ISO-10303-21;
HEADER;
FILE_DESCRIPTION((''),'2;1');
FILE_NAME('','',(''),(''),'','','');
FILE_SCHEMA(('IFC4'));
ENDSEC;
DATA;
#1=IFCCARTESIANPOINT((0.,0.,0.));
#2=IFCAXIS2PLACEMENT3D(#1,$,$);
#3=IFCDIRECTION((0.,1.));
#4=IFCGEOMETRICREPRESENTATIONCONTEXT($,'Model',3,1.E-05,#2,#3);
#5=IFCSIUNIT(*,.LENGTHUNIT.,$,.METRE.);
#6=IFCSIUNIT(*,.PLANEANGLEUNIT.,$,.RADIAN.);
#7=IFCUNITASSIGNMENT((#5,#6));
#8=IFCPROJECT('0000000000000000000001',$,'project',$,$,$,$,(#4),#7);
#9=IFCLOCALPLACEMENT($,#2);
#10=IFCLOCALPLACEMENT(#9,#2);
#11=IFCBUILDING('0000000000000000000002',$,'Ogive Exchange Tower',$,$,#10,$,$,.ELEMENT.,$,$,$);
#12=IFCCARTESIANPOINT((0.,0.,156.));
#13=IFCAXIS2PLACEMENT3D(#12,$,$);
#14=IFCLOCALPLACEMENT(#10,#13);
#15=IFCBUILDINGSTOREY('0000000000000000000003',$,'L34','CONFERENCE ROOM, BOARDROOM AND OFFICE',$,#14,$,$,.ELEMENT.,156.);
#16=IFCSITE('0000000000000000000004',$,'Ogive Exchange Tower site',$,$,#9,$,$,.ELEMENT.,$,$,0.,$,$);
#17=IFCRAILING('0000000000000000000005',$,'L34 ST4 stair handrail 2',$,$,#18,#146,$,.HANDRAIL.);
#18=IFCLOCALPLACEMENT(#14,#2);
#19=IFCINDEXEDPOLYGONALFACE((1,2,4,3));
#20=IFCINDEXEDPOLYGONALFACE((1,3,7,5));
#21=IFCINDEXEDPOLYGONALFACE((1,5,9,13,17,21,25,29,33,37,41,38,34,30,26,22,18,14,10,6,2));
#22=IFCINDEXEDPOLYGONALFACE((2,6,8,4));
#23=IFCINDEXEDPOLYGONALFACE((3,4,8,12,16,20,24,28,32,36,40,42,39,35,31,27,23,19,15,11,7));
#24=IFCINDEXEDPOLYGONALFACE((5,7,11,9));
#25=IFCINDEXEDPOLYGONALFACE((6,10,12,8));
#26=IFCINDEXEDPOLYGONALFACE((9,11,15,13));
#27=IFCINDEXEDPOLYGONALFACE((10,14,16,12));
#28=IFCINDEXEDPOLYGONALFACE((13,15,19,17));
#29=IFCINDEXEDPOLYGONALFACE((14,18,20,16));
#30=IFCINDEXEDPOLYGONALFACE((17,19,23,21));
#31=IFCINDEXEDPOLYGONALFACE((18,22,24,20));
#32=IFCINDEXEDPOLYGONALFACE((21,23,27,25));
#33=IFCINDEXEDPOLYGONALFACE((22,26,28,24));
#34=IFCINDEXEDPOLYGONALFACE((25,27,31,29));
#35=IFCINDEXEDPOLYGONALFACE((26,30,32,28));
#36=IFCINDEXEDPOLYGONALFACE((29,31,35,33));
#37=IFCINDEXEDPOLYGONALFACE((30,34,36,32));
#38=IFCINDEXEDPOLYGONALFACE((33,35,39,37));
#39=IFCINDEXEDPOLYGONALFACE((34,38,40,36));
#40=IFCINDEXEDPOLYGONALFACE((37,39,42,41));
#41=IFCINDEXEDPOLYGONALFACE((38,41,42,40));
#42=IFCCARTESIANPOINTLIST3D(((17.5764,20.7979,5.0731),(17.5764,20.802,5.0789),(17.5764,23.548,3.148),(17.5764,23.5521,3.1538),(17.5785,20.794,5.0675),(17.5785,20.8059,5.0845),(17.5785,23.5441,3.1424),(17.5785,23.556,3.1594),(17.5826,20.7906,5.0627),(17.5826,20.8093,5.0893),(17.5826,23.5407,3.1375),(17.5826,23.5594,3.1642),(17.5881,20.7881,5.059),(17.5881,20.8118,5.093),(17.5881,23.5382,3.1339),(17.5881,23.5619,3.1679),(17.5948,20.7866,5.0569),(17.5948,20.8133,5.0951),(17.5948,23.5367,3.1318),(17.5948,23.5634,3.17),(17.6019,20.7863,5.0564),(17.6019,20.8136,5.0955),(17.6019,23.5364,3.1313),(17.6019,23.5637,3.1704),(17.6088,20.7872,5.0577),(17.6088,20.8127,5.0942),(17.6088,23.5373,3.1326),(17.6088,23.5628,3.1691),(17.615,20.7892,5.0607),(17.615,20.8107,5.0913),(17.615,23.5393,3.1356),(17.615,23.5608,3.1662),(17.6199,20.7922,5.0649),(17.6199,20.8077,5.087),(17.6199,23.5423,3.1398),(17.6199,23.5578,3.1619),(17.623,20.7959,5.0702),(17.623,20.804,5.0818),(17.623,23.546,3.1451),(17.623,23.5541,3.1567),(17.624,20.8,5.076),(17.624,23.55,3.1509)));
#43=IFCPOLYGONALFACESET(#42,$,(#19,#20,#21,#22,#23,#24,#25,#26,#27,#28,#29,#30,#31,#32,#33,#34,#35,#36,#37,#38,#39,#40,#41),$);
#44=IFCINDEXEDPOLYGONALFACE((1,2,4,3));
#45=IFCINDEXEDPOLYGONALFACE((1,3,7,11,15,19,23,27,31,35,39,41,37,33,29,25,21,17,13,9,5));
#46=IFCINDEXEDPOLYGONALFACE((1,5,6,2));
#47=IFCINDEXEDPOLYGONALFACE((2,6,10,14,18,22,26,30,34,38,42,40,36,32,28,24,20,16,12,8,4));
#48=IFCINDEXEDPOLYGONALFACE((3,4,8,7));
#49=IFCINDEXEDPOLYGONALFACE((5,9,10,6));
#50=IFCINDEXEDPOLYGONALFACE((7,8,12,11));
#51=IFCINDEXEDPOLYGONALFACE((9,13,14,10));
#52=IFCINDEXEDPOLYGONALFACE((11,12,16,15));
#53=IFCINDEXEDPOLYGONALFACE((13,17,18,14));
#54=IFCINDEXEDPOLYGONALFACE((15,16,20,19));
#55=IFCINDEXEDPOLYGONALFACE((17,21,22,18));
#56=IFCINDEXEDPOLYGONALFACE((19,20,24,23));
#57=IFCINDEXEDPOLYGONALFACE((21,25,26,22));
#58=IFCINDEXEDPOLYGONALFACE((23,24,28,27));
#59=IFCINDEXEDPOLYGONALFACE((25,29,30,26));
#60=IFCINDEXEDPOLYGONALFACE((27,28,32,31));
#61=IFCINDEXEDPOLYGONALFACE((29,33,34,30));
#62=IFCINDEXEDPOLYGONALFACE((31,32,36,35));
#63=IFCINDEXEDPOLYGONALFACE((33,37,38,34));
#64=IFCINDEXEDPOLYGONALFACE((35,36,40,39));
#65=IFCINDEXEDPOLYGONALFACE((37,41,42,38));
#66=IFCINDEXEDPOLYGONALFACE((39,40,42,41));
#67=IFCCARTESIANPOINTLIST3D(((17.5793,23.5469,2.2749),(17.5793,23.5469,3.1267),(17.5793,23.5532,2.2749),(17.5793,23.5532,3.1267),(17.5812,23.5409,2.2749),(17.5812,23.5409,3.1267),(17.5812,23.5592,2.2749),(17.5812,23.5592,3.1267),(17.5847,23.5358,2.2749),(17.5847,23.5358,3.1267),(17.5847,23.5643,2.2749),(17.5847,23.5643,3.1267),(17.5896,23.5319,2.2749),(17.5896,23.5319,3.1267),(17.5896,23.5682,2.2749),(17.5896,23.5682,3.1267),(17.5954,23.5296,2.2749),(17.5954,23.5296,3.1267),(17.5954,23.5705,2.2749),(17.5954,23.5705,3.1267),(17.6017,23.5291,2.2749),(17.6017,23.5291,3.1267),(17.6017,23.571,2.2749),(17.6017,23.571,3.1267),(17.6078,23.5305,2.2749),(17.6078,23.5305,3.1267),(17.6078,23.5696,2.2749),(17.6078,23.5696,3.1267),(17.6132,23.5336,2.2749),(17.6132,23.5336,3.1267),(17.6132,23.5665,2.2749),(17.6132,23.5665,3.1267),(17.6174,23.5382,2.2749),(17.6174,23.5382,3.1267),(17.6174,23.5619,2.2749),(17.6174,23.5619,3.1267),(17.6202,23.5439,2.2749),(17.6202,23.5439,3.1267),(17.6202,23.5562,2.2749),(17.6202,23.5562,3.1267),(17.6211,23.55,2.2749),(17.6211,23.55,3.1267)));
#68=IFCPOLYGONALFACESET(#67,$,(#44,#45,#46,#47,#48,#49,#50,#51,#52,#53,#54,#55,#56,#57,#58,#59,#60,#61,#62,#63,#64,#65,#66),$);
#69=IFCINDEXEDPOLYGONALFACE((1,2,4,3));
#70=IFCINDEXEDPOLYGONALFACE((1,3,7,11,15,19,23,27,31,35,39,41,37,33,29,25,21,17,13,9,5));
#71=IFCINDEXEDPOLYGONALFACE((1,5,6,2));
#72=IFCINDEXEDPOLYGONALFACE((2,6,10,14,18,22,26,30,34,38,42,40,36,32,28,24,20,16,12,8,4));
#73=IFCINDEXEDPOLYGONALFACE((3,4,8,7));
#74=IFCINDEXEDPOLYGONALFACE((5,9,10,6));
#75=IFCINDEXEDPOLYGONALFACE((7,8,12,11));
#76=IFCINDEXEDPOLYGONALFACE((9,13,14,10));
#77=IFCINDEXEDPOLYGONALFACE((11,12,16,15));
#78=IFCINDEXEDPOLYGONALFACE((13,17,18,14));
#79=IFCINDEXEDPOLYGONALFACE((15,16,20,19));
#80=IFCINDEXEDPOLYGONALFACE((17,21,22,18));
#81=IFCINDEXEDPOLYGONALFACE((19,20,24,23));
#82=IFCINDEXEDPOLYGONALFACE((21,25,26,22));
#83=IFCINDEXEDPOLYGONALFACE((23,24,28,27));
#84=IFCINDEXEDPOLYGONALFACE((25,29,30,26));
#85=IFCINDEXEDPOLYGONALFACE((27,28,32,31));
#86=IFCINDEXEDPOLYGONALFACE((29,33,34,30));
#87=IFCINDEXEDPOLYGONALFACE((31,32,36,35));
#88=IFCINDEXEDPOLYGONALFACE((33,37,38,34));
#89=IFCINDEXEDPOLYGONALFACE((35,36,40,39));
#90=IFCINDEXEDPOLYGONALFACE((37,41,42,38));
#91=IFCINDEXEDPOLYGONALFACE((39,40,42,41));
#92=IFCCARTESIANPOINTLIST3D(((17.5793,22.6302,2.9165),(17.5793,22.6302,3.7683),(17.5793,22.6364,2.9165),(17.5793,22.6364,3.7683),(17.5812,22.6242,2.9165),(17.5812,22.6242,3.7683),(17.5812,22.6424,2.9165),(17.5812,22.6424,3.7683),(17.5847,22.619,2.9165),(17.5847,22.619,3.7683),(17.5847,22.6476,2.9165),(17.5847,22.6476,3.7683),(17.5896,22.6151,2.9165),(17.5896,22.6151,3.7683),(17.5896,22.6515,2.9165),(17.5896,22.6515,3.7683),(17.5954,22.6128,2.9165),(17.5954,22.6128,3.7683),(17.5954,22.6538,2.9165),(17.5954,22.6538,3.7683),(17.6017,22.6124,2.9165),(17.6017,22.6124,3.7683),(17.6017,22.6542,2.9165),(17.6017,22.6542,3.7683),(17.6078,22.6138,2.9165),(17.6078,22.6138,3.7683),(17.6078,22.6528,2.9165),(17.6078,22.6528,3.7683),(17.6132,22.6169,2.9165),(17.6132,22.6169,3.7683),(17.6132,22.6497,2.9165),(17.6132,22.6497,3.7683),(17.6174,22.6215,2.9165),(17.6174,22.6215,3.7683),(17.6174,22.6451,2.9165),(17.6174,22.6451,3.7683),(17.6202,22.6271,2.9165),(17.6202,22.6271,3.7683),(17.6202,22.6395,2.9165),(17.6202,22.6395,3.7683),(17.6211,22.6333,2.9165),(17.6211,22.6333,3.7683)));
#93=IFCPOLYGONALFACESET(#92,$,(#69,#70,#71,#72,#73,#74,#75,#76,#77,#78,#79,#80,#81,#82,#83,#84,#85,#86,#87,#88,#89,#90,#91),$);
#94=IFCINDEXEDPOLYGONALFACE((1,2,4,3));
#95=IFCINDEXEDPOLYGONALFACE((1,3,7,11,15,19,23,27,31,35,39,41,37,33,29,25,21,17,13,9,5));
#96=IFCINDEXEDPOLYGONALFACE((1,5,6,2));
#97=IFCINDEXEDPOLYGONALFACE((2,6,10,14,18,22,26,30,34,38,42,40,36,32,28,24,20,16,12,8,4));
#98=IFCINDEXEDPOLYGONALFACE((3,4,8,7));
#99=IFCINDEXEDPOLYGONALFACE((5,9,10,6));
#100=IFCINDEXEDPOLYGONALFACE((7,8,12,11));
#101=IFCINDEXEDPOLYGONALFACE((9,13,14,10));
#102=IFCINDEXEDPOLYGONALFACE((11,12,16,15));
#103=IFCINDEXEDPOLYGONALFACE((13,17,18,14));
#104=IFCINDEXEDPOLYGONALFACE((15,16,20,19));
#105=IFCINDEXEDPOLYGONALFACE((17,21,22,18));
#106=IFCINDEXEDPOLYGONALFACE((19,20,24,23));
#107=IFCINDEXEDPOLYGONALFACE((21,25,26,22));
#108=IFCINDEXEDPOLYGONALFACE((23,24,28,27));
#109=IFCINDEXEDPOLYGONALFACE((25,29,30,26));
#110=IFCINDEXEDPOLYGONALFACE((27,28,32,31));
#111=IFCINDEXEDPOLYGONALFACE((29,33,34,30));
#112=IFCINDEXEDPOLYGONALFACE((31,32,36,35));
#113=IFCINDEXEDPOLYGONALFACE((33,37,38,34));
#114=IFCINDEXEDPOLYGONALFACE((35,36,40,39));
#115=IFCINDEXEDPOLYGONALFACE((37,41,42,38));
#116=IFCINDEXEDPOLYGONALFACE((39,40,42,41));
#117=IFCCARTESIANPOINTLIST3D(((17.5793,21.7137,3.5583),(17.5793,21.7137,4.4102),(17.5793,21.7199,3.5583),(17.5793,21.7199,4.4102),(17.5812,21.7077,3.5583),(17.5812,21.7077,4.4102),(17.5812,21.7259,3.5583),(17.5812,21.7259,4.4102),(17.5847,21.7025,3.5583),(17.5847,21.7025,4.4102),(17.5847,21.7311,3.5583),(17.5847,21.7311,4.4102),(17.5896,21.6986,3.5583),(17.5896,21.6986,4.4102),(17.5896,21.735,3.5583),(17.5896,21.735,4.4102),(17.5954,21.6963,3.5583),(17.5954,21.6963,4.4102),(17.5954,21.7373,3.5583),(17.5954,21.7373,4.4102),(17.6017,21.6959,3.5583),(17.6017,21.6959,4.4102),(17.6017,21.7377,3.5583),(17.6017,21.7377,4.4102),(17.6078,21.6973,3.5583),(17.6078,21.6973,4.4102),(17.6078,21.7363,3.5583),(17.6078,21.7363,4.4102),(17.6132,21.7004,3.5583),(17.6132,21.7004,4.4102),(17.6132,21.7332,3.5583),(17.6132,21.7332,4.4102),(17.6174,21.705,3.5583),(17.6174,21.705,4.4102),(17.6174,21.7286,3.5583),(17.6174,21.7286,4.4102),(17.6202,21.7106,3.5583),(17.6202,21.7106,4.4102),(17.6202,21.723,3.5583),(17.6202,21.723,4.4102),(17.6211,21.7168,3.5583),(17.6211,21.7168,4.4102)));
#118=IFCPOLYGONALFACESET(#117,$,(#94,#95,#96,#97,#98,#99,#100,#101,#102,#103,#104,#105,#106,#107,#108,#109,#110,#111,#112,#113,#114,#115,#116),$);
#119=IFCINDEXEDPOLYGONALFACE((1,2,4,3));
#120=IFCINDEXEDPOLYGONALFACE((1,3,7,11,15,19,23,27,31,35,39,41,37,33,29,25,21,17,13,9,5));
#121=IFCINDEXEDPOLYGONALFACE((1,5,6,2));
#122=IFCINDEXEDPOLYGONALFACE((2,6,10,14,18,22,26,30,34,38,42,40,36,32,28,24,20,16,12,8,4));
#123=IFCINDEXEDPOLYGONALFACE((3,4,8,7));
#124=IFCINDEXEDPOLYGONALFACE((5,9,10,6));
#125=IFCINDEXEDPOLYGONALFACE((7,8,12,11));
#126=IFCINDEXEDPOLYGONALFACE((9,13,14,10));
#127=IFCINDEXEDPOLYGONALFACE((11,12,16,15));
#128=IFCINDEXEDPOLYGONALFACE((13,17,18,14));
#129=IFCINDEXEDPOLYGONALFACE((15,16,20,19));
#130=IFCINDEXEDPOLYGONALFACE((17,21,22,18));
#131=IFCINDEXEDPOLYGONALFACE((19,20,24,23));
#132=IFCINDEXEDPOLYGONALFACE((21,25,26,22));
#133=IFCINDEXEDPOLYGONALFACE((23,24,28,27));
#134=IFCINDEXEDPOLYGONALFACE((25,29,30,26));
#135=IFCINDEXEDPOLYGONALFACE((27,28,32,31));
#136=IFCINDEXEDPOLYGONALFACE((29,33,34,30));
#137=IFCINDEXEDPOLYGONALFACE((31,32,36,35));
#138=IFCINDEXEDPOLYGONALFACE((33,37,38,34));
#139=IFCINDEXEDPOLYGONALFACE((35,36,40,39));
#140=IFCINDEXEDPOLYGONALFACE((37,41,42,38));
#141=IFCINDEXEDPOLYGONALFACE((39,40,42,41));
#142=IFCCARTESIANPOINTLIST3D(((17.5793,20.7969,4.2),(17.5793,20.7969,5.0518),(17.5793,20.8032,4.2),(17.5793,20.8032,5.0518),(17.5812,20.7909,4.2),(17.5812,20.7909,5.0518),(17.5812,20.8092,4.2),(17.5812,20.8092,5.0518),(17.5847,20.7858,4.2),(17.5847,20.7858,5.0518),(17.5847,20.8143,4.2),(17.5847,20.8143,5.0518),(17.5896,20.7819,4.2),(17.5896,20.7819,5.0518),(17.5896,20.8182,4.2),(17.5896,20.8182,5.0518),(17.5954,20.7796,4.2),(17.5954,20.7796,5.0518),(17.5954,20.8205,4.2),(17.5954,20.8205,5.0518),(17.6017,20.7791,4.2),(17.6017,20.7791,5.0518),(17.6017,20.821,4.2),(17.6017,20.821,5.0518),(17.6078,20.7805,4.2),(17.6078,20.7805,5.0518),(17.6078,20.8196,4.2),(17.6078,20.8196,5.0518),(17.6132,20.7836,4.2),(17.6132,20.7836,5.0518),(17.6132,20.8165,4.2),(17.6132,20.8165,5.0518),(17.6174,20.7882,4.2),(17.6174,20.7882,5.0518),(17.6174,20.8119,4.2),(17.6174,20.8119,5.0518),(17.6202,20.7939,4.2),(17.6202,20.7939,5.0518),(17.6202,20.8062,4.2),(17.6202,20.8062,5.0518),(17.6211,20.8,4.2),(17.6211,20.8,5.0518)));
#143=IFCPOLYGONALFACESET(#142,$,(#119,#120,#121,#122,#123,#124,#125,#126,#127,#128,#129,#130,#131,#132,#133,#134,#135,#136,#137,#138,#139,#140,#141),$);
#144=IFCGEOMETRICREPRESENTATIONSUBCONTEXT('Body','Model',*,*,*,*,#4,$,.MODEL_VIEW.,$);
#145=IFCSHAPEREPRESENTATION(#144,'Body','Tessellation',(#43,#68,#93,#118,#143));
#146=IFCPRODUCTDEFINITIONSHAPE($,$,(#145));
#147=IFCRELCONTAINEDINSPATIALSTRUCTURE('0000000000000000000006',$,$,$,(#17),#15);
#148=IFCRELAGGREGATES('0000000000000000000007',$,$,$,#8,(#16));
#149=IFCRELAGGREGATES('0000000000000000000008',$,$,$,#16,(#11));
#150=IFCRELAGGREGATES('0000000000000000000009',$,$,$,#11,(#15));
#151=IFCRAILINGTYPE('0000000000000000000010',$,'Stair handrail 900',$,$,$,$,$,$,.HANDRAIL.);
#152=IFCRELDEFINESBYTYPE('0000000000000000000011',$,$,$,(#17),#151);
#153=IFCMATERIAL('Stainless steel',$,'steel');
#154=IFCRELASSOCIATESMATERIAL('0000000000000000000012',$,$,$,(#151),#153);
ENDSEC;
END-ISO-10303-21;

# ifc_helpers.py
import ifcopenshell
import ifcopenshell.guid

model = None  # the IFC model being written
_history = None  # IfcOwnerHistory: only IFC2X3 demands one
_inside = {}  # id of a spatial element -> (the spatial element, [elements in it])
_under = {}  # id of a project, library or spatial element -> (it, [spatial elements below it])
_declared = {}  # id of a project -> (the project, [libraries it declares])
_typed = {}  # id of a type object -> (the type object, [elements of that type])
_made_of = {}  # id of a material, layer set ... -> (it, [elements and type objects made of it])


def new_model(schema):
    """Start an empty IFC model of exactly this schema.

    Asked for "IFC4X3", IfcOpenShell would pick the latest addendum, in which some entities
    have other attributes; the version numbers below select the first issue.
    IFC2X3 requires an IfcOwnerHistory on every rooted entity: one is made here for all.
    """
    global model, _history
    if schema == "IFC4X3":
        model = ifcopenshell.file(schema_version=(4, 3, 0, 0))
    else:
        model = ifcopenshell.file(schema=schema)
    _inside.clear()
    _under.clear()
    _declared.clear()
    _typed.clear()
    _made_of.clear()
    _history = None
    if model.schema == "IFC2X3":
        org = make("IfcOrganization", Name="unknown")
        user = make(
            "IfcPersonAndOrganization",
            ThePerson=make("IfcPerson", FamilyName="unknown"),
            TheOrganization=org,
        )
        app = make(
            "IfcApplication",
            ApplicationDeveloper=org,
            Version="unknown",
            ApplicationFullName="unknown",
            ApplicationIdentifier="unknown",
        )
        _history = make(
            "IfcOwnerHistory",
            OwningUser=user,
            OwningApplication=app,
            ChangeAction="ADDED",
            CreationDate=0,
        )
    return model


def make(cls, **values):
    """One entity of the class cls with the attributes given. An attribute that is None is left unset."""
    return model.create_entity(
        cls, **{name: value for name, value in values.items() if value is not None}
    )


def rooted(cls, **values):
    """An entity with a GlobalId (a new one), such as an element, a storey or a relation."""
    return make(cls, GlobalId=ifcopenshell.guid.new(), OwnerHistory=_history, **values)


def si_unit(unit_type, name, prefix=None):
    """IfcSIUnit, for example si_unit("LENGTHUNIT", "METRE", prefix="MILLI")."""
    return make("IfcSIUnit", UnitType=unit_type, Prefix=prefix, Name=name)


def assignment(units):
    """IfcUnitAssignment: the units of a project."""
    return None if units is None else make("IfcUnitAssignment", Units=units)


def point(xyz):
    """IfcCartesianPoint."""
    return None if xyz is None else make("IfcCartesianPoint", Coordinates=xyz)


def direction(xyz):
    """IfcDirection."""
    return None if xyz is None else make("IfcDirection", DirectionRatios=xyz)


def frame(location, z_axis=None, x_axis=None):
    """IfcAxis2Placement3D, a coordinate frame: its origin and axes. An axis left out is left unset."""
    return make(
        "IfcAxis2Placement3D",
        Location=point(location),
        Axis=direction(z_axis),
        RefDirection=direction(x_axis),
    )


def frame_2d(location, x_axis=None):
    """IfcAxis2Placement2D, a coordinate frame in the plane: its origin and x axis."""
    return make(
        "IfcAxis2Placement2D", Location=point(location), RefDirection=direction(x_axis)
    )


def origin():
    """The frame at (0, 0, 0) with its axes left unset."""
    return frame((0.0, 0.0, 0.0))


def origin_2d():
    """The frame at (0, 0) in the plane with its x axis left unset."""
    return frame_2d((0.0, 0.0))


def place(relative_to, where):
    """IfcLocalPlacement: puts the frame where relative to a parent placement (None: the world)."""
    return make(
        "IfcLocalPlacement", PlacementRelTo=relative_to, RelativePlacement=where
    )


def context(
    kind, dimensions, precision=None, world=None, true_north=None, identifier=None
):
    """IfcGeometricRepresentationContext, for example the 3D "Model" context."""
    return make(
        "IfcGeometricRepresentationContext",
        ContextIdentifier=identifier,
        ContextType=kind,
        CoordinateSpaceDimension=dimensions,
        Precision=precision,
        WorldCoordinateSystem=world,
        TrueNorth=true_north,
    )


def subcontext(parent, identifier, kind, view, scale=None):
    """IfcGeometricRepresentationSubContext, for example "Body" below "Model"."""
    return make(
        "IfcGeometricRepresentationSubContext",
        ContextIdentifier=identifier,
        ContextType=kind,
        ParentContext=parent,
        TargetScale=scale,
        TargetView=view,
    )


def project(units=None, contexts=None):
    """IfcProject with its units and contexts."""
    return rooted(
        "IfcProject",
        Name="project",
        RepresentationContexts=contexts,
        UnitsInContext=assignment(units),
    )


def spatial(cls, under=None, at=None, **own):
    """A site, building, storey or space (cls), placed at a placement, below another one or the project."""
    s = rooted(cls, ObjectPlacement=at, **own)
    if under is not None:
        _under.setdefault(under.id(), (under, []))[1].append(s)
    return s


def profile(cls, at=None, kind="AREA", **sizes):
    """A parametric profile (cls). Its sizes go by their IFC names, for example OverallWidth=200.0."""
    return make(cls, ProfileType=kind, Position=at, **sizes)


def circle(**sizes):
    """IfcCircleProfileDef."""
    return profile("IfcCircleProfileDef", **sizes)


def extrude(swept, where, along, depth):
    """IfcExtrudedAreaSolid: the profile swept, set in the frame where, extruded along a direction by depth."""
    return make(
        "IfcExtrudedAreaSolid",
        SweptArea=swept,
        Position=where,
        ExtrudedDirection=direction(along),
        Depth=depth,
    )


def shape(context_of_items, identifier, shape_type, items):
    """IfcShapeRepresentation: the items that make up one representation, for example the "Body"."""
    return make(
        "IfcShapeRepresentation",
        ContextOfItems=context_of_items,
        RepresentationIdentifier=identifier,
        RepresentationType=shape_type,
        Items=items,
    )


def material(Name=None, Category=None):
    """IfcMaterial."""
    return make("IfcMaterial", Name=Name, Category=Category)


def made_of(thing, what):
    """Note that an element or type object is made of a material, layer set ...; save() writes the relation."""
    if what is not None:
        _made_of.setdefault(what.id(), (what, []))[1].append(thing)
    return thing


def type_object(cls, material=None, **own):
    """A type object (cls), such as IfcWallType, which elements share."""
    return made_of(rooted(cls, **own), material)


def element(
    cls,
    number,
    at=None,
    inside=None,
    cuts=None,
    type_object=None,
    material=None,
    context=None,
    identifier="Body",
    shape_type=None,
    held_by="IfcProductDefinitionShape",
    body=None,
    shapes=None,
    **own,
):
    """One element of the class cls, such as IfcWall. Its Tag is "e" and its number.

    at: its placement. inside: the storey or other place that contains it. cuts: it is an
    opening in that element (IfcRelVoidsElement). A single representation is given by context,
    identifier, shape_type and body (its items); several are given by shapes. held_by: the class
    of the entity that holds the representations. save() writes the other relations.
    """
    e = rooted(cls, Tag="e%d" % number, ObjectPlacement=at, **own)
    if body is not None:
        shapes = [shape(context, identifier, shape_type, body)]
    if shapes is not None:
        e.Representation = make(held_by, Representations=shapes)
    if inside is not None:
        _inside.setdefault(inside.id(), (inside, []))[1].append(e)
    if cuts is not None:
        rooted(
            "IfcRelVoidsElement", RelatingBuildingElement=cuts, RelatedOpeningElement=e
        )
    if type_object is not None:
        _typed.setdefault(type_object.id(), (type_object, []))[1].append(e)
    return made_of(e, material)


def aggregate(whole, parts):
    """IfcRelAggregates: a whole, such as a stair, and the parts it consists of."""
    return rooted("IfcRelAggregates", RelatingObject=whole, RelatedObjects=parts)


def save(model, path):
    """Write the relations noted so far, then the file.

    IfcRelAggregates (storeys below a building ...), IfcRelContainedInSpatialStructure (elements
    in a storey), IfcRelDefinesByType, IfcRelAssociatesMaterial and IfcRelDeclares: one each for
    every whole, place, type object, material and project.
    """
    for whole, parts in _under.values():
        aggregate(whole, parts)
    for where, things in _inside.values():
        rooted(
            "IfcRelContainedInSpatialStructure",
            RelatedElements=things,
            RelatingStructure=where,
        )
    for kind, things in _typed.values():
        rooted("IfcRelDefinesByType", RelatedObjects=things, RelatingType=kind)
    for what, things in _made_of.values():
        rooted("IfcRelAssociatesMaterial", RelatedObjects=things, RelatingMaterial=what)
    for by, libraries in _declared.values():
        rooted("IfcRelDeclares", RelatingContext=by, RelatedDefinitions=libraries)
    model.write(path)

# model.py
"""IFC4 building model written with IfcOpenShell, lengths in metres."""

from ifc_helpers import new_model, si_unit, direction, frame, origin, origin_2d, place, context, subcontext, project, spatial, circle, extrude, material, type_object, element, save


model = new_model("IFC4")

# Units and contexts
model_context = context("Model", 3, precision=1e-05, world=origin(), true_north=direction((0.0, 1.0)))
body_context = subcontext(model_context, "Body", "Model", "MODEL_VIEW")
ifc_project = project(units=[si_unit("LENGTHUNIT", "METRE"), si_unit("PLANEANGLEUNIT", "RADIAN")], contexts=[model_context])

# Site, building, storey
site_placement = place(None, origin())
site = spatial("IfcSite", under=ifc_project, at=site_placement, Name="Ogive Exchange Tower site", CompositionType="ELEMENT", RefElevation=0.0)
building_placement = place(site_placement, origin())
building = spatial("IfcBuilding", under=site, at=building_placement, Name="Ogive Exchange Tower", CompositionType="ELEMENT")
storey_placement = place(building_placement, frame((0.0, 0.0, 156.0)))
storey = spatial("IfcBuildingStorey", under=building, at=storey_placement, Name="L34", Description="CONFERENCE ROOM, BOARDROOM AND OFFICE", CompositionType="ELEMENT", Elevation=156.0)

# Railing
ifc_material_1 = material(Name="Stainless steel", Category="steel")
railing_type = type_object("IfcRailingType", Name="Stair handrail 900", PredefinedType="HANDRAIL", material=ifc_material_1)
railing_1_placement = place(storey_placement, frame((17.6001, 23.55, 2.2749)))
element("IfcRailing", 1, at=railing_1_placement, inside=storey, type_object=railing_type, Name="L34 ST4 stair handrail 2", PredefinedType="HANDRAIL", context=body_context, shape_type="SweptSolid", body=[
    extrude(circle(Radius=0.0239, at=origin_2d()), frame((0.0, 0.0, 0.876), z_axis=(0.0, -0.819225, 0.573472), x_axis=(1.0, 0.0, 0.0)), (0.0, 0.0, 1.0), 3.3569),
    extrude(circle(Radius=0.021, at=origin_2d()), origin(), (0.0, 0.0, 1.0), 0.8518),
    extrude(circle(Radius=0.021, at=origin_2d()), frame((0.0, -0.9167, 0.6416)), (0.0, 0.0, 1.0), 0.8518),
    extrude(circle(Radius=0.021, at=origin_2d()), frame((0.0, -1.8333, 1.2834)), (0.0, 0.0, 1.0), 0.8518),
    extrude(circle(Radius=0.021, at=origin_2d()), frame((0.0, -2.75, 1.925)), (0.0, 0.0, 1.0), 0.8518),
])

save(model, "model.ifc")
